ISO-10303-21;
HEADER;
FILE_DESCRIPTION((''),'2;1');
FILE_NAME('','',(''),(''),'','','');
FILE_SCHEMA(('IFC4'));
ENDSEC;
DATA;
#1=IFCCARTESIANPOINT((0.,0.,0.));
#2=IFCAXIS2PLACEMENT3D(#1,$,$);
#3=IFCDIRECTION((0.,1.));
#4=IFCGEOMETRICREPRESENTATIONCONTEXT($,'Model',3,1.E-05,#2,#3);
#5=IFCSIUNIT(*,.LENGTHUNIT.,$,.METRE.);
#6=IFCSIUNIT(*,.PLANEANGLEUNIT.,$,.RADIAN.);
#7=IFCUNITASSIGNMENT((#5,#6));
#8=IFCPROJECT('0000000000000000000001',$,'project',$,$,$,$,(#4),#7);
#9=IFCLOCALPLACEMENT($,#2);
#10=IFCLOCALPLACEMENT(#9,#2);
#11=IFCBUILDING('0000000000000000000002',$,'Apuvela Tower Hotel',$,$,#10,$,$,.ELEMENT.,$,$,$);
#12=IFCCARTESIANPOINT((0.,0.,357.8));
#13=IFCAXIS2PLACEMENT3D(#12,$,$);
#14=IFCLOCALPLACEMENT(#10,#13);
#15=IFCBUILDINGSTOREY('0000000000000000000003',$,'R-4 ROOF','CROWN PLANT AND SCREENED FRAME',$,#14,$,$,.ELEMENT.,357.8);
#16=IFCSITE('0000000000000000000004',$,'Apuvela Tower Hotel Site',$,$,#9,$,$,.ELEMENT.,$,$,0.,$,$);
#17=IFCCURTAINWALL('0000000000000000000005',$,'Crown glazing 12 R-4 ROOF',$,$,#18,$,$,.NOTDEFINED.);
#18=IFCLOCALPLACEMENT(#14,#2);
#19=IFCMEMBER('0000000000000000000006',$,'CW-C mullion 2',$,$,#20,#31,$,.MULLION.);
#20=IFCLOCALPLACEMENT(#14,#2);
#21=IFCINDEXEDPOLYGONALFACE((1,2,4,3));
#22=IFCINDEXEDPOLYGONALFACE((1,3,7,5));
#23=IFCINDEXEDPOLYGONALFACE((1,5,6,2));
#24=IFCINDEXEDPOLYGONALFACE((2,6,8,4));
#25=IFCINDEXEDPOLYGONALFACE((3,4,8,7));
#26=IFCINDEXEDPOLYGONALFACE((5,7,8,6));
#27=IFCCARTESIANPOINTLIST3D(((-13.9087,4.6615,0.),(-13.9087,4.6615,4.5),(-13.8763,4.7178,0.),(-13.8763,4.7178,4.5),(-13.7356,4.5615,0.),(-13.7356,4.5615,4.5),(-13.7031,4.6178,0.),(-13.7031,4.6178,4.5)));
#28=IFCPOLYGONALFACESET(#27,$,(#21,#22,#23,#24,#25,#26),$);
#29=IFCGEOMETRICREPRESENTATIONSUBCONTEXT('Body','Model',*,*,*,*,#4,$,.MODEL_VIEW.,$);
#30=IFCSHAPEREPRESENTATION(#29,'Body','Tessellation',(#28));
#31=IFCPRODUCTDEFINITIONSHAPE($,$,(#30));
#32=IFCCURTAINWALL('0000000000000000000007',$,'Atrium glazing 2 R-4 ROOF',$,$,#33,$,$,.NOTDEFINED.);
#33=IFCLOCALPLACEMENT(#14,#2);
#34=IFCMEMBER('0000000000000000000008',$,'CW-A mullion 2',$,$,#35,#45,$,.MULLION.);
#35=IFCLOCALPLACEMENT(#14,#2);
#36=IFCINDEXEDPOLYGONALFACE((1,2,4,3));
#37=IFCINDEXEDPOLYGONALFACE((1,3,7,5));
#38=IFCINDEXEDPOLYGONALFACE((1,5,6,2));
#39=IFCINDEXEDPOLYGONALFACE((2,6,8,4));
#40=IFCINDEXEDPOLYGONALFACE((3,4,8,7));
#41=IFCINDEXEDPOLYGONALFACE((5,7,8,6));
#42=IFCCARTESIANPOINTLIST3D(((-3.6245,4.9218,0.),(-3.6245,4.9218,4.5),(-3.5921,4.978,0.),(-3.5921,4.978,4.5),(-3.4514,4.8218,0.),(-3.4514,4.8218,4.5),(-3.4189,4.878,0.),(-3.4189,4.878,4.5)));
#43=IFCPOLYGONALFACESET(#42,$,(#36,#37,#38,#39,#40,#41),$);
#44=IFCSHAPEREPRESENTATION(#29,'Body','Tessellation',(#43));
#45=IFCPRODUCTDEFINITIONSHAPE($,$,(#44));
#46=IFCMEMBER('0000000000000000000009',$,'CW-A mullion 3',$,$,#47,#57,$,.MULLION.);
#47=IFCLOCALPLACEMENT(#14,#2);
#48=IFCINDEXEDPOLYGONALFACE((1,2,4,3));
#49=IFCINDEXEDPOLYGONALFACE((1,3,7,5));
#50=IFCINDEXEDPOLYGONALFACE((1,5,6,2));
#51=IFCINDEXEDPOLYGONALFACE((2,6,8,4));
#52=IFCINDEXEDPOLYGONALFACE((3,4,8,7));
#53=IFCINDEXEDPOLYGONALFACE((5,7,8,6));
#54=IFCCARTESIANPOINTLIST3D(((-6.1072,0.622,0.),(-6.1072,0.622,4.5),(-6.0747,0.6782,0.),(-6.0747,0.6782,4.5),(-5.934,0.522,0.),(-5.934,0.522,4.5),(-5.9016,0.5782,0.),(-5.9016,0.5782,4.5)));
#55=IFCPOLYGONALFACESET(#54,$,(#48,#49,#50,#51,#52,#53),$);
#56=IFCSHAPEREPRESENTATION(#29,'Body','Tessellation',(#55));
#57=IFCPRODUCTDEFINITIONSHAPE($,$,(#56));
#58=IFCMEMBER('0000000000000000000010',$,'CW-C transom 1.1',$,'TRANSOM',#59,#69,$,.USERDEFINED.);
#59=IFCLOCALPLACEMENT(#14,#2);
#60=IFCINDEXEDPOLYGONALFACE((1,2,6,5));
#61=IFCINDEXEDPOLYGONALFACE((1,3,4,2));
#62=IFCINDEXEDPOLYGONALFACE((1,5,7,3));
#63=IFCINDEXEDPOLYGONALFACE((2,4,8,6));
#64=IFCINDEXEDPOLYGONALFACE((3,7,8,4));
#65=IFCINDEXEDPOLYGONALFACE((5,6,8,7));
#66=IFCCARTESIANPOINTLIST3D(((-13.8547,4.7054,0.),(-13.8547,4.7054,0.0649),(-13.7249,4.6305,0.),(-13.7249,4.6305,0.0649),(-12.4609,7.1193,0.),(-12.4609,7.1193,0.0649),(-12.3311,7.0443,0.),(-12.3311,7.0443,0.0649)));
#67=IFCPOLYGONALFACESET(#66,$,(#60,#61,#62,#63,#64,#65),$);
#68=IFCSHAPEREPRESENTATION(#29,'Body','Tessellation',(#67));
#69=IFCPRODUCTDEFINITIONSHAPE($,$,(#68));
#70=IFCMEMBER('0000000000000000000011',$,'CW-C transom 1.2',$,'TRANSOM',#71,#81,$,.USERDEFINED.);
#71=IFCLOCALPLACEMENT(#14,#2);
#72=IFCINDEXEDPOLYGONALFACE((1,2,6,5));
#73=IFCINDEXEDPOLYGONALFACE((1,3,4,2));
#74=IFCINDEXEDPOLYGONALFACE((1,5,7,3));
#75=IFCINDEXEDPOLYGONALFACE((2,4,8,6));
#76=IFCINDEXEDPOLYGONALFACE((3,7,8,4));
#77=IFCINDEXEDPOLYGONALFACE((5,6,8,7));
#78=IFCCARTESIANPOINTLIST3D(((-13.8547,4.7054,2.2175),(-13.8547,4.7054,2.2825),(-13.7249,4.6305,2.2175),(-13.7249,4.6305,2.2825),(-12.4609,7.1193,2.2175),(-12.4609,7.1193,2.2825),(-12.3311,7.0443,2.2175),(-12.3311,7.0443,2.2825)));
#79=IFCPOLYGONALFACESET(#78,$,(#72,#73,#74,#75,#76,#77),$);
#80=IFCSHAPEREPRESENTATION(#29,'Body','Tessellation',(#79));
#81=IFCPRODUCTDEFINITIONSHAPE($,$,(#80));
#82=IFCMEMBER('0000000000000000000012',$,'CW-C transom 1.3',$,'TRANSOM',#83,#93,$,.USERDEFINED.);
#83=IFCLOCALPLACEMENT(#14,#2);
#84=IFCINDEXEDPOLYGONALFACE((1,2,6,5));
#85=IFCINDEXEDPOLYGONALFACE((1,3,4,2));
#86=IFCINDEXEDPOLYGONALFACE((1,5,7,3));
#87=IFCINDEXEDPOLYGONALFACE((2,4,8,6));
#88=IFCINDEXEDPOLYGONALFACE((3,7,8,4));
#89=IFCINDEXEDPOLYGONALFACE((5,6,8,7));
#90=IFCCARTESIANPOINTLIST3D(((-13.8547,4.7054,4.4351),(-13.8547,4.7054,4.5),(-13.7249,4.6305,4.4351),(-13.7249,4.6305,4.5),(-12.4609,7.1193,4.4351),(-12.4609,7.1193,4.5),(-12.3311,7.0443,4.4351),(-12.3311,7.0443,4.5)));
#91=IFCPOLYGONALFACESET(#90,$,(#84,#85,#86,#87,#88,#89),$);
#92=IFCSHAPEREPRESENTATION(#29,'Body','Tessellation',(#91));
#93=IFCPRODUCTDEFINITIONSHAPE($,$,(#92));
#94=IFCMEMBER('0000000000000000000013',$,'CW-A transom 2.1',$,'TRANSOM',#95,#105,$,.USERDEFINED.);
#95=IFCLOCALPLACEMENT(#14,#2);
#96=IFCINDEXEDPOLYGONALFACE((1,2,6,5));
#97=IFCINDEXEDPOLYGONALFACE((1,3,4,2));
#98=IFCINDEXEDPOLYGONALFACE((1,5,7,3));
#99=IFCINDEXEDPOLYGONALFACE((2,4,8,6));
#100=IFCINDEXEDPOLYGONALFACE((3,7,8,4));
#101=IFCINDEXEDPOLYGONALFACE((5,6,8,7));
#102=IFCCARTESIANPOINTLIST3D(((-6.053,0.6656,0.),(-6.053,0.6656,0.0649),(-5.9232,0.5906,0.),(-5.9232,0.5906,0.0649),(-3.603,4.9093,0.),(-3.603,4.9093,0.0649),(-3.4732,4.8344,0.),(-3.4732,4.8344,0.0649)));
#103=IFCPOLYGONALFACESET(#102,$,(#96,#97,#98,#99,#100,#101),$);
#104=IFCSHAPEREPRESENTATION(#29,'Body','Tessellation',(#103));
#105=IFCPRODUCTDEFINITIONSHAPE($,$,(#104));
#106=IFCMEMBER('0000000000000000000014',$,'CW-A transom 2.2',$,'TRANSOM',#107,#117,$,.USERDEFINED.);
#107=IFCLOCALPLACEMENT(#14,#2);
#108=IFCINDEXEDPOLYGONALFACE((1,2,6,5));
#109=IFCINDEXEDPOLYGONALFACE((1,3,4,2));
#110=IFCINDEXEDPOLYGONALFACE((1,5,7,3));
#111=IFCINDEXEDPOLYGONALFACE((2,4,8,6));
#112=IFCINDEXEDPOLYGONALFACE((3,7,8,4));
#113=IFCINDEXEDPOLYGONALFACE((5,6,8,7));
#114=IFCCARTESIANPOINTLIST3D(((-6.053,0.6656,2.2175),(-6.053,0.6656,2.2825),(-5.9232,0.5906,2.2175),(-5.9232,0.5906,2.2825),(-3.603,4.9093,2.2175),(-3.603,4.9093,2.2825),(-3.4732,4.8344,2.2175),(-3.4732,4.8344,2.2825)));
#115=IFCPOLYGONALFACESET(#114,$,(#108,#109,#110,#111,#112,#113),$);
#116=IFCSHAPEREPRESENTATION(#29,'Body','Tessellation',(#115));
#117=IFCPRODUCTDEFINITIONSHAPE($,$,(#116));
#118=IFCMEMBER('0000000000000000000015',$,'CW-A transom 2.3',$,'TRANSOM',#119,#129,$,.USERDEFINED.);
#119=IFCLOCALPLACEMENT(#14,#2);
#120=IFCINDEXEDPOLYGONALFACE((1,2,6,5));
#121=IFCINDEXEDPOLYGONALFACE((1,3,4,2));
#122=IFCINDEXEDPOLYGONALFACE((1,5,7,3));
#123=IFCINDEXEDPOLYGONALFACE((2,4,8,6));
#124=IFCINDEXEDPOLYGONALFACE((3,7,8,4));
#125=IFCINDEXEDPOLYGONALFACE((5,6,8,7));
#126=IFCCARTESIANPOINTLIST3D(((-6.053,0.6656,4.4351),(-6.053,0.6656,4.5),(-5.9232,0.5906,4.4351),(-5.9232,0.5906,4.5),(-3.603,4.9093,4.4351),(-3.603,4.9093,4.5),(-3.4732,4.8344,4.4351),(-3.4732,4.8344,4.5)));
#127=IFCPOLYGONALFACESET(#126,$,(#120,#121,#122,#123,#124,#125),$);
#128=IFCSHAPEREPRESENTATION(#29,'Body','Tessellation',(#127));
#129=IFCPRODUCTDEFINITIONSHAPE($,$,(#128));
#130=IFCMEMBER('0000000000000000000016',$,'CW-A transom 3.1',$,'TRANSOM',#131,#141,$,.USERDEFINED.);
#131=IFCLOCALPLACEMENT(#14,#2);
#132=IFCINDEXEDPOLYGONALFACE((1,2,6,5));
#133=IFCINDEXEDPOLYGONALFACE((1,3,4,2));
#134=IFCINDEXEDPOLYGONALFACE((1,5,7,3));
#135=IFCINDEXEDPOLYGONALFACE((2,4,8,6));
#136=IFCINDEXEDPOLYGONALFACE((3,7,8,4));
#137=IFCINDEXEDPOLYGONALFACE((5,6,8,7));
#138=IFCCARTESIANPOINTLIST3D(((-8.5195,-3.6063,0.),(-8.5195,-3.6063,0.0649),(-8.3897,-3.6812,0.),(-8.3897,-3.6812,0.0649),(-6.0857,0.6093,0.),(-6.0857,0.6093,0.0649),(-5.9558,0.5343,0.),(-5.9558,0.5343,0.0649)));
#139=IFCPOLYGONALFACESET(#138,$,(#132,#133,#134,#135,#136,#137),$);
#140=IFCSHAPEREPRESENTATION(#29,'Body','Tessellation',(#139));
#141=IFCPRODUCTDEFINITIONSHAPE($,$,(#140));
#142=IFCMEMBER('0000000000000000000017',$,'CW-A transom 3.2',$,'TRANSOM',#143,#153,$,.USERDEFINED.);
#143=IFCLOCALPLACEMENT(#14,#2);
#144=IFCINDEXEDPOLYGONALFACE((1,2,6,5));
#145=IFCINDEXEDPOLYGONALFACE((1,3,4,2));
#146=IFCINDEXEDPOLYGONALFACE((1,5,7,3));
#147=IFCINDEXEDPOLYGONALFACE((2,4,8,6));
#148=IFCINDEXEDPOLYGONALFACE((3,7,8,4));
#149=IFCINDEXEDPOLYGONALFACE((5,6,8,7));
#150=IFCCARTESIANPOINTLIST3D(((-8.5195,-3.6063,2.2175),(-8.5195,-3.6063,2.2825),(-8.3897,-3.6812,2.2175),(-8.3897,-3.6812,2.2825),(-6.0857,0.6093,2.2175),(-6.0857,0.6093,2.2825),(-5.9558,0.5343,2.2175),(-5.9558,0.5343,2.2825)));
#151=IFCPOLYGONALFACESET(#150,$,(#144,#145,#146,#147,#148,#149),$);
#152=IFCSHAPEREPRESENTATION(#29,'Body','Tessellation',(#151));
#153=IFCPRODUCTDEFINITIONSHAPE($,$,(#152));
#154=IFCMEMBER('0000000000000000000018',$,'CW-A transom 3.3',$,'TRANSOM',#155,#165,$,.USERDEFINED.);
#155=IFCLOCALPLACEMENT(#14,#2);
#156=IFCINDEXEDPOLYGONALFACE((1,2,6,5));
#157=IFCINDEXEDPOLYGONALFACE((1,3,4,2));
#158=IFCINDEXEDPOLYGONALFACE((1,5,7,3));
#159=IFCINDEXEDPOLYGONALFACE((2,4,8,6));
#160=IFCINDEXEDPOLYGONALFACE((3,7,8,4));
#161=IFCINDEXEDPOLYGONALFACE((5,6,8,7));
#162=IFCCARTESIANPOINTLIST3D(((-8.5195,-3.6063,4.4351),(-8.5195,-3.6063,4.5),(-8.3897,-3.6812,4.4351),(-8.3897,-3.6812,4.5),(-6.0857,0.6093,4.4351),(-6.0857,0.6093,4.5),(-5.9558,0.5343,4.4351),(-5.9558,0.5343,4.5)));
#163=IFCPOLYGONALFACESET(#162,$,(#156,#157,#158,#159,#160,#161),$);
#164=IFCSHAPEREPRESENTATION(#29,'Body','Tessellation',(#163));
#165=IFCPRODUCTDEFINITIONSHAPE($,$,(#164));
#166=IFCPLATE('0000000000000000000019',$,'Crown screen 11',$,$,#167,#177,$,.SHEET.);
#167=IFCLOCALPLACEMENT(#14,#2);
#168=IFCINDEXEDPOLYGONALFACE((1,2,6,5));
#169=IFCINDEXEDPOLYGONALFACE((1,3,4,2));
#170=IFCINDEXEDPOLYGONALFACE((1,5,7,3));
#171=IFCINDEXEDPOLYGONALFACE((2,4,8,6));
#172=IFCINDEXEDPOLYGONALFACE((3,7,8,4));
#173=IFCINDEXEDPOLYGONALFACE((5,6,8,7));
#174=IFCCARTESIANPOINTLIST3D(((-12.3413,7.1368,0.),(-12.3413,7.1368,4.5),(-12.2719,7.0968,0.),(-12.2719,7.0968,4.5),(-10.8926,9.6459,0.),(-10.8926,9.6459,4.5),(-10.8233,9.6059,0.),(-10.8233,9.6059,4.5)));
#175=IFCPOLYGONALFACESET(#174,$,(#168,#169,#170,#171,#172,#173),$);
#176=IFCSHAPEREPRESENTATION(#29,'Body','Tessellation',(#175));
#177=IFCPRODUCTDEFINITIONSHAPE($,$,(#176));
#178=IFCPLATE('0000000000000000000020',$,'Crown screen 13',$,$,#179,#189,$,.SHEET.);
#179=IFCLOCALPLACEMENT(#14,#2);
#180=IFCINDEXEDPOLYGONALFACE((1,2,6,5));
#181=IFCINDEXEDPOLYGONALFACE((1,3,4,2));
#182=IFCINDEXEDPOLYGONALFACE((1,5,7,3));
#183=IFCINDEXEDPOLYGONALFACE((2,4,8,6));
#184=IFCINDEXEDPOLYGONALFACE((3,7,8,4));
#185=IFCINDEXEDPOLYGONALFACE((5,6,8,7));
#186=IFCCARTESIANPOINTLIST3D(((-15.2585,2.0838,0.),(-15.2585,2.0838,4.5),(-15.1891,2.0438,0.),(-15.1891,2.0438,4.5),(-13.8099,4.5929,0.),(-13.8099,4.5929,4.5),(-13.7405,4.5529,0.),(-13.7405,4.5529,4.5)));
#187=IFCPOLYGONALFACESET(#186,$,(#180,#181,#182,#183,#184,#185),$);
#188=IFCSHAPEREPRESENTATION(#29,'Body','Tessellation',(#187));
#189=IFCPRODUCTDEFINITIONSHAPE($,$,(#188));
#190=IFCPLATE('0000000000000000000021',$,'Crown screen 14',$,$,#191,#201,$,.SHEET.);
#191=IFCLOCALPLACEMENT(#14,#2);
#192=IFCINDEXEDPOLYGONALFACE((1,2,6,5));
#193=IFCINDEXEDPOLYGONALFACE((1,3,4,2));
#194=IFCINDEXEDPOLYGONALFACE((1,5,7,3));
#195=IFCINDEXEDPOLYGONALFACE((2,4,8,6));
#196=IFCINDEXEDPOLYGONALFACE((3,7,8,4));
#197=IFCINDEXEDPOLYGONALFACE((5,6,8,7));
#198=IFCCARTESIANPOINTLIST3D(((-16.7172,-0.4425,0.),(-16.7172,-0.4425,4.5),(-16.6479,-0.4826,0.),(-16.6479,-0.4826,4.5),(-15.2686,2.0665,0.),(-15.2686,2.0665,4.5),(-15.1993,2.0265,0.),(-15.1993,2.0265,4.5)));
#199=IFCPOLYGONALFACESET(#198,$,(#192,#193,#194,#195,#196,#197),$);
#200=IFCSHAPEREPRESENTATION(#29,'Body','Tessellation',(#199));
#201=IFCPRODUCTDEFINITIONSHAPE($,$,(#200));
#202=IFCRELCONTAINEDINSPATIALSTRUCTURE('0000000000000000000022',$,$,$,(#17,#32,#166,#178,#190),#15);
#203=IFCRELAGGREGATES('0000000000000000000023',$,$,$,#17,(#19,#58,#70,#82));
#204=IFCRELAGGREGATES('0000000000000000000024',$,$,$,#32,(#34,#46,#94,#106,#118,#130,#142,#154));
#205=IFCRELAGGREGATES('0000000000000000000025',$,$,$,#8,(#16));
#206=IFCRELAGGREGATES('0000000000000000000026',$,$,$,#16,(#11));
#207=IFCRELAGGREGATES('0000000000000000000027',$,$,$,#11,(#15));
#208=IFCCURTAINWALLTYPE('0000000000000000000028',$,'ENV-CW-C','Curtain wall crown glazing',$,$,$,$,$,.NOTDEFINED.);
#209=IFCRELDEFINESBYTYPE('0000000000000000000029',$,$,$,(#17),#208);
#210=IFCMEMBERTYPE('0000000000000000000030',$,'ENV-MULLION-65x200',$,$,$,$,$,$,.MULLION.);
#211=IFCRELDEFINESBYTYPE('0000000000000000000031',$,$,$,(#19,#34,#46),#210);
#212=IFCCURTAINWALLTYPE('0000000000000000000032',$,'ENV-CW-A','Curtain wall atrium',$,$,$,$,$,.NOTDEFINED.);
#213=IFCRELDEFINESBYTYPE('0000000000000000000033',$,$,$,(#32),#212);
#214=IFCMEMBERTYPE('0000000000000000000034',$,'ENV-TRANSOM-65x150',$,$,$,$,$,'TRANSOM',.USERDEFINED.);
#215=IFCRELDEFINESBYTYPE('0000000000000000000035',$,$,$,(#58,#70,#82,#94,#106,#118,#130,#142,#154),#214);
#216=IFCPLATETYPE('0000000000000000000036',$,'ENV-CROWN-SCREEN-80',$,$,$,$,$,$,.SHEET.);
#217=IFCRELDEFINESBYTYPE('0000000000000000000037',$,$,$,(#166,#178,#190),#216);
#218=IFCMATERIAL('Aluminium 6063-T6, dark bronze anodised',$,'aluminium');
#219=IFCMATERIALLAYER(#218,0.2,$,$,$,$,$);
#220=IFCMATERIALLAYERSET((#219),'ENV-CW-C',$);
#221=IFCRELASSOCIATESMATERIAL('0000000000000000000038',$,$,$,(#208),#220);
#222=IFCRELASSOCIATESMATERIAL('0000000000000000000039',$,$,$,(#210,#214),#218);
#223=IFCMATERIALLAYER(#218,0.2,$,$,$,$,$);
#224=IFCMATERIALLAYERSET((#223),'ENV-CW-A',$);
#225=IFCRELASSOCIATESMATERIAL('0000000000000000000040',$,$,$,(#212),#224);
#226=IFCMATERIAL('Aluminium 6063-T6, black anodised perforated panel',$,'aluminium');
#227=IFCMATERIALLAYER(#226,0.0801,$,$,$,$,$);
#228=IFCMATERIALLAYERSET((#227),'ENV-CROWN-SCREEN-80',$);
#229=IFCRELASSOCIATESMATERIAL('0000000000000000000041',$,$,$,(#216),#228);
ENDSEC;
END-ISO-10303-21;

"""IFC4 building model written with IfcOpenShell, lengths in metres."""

from ifc_helpers import new_model, si_unit, direction, frame, origin, origin_2d, place, context, subcontext, project, spatial, rectangle, extrude, material, layer, layer_set, material_profile, profile_set, type_object, element, aggregate, save


model = new_model("IFC4")

# Units and contexts
model_context = context("Model", 3, precision=1e-05, world=origin(), true_north=direction((0.0, 1.0)))
body_context = subcontext(model_context, "Body", "Model", "MODEL_VIEW")
ifc_project = project(units=[si_unit("LENGTHUNIT", "METRE"), si_unit("PLANEANGLEUNIT", "RADIAN")], contexts=[model_context])

# Site, building, storey
site_placement = place(None, origin())
site = spatial("IfcSite", under=ifc_project, at=site_placement, Name="Apuvela Tower Hotel Site", CompositionType="ELEMENT", RefElevation=0.0)
building_placement = place(site_placement, origin())
building = spatial("IfcBuilding", under=site, at=building_placement, Name="Apuvela Tower Hotel", CompositionType="ELEMENT")
storey_placement = place(building_placement, frame((0.0, 0.0, 357.8)))
storey = spatial("IfcBuildingStorey", under=building, at=storey_placement, Name="R-4 ROOF", Description="CROWN PLANT AND SCREENED FRAME", CompositionType="ELEMENT", Elevation=357.8)

# Curtain walls, members
ifc_material_1 = material(Name="Aluminium 6063-T6, dark bronze anodised", Category="aluminium")
ifc_layer_1 = layer(ifc_material_1, 0.2)
ifc_layer_set_1 = layer_set([ifc_layer_1], Name="ENV-CW-C")
curtain_wall_type_1 = type_object("IfcCurtainWallType", Name="ENV-CW-C", Description="Curtain wall crown glazing", PredefinedType="NOTDEFINED", material=ifc_layer_set_1)
curtain_wall_1_placement = place(storey_placement, origin())
curtain_wall_1 = element("IfcCurtainWall", 1, at=curtain_wall_1_placement, inside=storey, type_object=curtain_wall_type_1, Name="Crown glazing 12 R-4 ROOF", PredefinedType="NOTDEFINED")
ifc_material_profile_1 = material_profile(ifc_material_1, rectangle(XDim=0.2, YDim=0.0649, at=origin_2d()), Name="AL 65x200")
ifc_profile_set_1 = profile_set([ifc_material_profile_1], Name="Aluminium 6063-T6, dark bronze anodised")
member_type_1 = type_object("IfcMemberType", Name="ENV-MULLION-65x200", PredefinedType="MULLION", material=ifc_profile_set_1)
member_1_placement = place(storey_placement, frame((-13.8059, 4.6396, 0.0), z_axis=(0.0, 0.0, 1.0), x_axis=(0.866037, -0.499981, 0.0)))
member_1 = element("IfcMember", 2, at=member_1_placement, type_object=member_type_1, Name="CW-C mullion 2", PredefinedType="MULLION", context=body_context, shape_type="SweptSolid", body=[
    extrude(rectangle(XDim=0.2, YDim=0.0649, at=origin_2d()), origin(), (0.0, 0.0, 1.0), 4.5),
])
ifc_layer_2 = layer(ifc_material_1, 0.2)
ifc_layer_set_2 = layer_set([ifc_layer_2], Name="ENV-CW-A")
curtain_wall_type_2 = type_object("IfcCurtainWallType", Name="ENV-CW-A", Description="Curtain wall atrium", PredefinedType="NOTDEFINED", material=ifc_layer_set_2)
curtain_wall_2_placement = place(storey_placement, origin())
curtain_wall_2 = element("IfcCurtainWall", 3, at=curtain_wall_2_placement, inside=storey, type_object=curtain_wall_type_2, Name="Atrium glazing 2 R-4 ROOF", PredefinedType="NOTDEFINED")
member_2_placement = place(storey_placement, frame((-3.5217, 4.8999, 0.0), z_axis=(0.0, 0.0, 1.0), x_axis=(0.866026, -0.499999, 0.0)))
member_2 = element("IfcMember", 4, at=member_2_placement, type_object=member_type_1, Name="CW-A mullion 2", PredefinedType="MULLION", context=body_context, shape_type="SweptSolid", body=[
    extrude(rectangle(XDim=0.2, YDim=0.0649, at=origin_2d()), origin(), (0.0, 0.0, 1.0), 4.5),
])
member_3_placement = place(storey_placement, frame((-6.0044, 0.6001, 0.0), z_axis=(0.0, 0.0, 1.0), x_axis=(0.866026, -0.499999, 0.0)))
member_3 = element("IfcMember", 5, at=member_3_placement, type_object=member_type_1, Name="CW-A mullion 3", PredefinedType="MULLION", context=body_context, shape_type="SweptSolid", body=[
    extrude(rectangle(XDim=0.2, YDim=0.0649, at=origin_2d()), origin(), (0.0, 0.0, 1.0), 4.5),
])

# Members
ifc_material_profile_2 = material_profile(ifc_material_1, rectangle(XDim=0.1499, YDim=0.0649, at=origin_2d()), Name="AL 65x150 transom")
ifc_profile_set_2 = profile_set([ifc_material_profile_2], Name="Aluminium 6063-T6, dark bronze anodised")
member_type_2 = type_object("IfcMemberType", Name="ENV-TRANSOM-65x150", ElementType="TRANSOM", PredefinedType="USERDEFINED", material=ifc_profile_set_2)
member_4_placement = place(storey_placement, frame((-12.396, 7.0818, 0.0325), z_axis=(-0.500048, -0.865997, 0.0), x_axis=(0.865997, -0.500048, 0.0)))
member_4 = element("IfcMember", 6, at=member_4_placement, type_object=member_type_2, Name="CW-C transom 1.1", ObjectType="TRANSOM", PredefinedType="USERDEFINED", context=body_context, shape_type="SweptSolid", body=[
    extrude(rectangle(XDim=0.1499, YDim=0.0649, at=origin_2d()), origin(), (0.0, 0.0, 1.0), 2.7874),
])
member_5_placement = place(storey_placement, frame((-12.396, 7.0818, 2.25), z_axis=(-0.500048, -0.865997, 0.0), x_axis=(0.865997, -0.500048, 0.0)))
member_5 = element("IfcMember", 7, at=member_5_placement, type_object=member_type_2, Name="CW-C transom 1.2", ObjectType="TRANSOM", PredefinedType="USERDEFINED", context=body_context, shape_type="SweptSolid", body=[
    extrude(rectangle(XDim=0.1499, YDim=0.0649, at=origin_2d()), origin(), (0.0, 0.0, 1.0), 2.7874),
])
member_6_placement = place(storey_placement, frame((-12.396, 7.0818, 4.4675), z_axis=(-0.500048, -0.865997, 0.0), x_axis=(0.865997, -0.500048, 0.0)))
member_6 = element("IfcMember", 8, at=member_6_placement, type_object=member_type_2, Name="CW-C transom 1.3", ObjectType="TRANSOM", PredefinedType="USERDEFINED", context=body_context, shape_type="SweptSolid", body=[
    extrude(rectangle(XDim=0.1499, YDim=0.0649, at=origin_2d()), origin(), (0.0, 0.0, 1.0), 2.7874),
])
member_7_placement = place(storey_placement, frame((-3.5381, 4.8718, 0.0325), z_axis=(-0.499981, -0.866036, 0.0), x_axis=(0.866036, -0.499981, 0.0)))
member_7 = element("IfcMember", 9, at=member_7_placement, type_object=member_type_2, Name="CW-A transom 2.1", ObjectType="TRANSOM", PredefinedType="USERDEFINED", context=body_context, shape_type="SweptSolid", body=[
    extrude(rectangle(XDim=0.1499, YDim=0.0649, at=origin_2d()), origin(), (0.0, 0.0, 1.0), 4.9001),
])
member_8_placement = place(storey_placement, frame((-3.5381, 4.8718, 2.25), z_axis=(-0.499981, -0.866036, 0.0), x_axis=(0.866036, -0.499981, 0.0)))
member_8 = element("IfcMember", 10, at=member_8_placement, type_object=member_type_2, Name="CW-A transom 2.2", ObjectType="TRANSOM", PredefinedType="USERDEFINED", context=body_context, shape_type="SweptSolid", body=[
    extrude(rectangle(XDim=0.1499, YDim=0.0649, at=origin_2d()), origin(), (0.0, 0.0, 1.0), 4.9001),
])
member_9_placement = place(storey_placement, frame((-3.5381, 4.8718, 4.4675), z_axis=(-0.499981, -0.866036, 0.0), x_axis=(0.866036, -0.499981, 0.0)))
member_9 = element("IfcMember", 11, at=member_9_placement, type_object=member_type_2, Name="CW-A transom 2.3", ObjectType="TRANSOM", PredefinedType="USERDEFINED", context=body_context, shape_type="SweptSolid", body=[
    extrude(rectangle(XDim=0.1499, YDim=0.0649, at=origin_2d()), origin(), (0.0, 0.0, 1.0), 4.9001),
])
member_10_placement = place(storey_placement, frame((-6.0208, 0.5718, 0.0325), z_axis=(-0.499996, -0.866028, 0.0), x_axis=(0.866028, -0.499996, 0.0)))
member_10 = element("IfcMember", 12, at=member_10_placement, type_object=member_type_2, Name="CW-A transom 3.1", ObjectType="TRANSOM", PredefinedType="USERDEFINED", context=body_context, shape_type="SweptSolid", body=[
    extrude(rectangle(XDim=0.1499, YDim=0.0649, at=origin_2d()), origin(), (0.0, 0.0, 1.0), 4.8677),
])
member_11_placement = place(storey_placement, frame((-6.0208, 0.5718, 2.25), z_axis=(-0.499996, -0.866028, 0.0), x_axis=(0.866028, -0.499996, 0.0)))
member_11 = element("IfcMember", 13, at=member_11_placement, type_object=member_type_2, Name="CW-A transom 3.2", ObjectType="TRANSOM", PredefinedType="USERDEFINED", context=body_context, shape_type="SweptSolid", body=[
    extrude(rectangle(XDim=0.1499, YDim=0.0649, at=origin_2d()), origin(), (0.0, 0.0, 1.0), 4.8677),
])
member_12_placement = place(storey_placement, frame((-6.0208, 0.5718, 4.4675), z_axis=(-0.499996, -0.866028, 0.0), x_axis=(0.866028, -0.499996, 0.0)))
member_12 = element("IfcMember", 14, at=member_12_placement, type_object=member_type_2, Name="CW-A transom 3.3", ObjectType="TRANSOM", PredefinedType="USERDEFINED", context=body_context, shape_type="SweptSolid", body=[
    extrude(rectangle(XDim=0.1499, YDim=0.0649, at=origin_2d()), origin(), (0.0, 0.0, 1.0), 4.8677),
])

# Plates
ifc_material_2 = material(Name="Aluminium 6063-T6, black anodised perforated panel", Category="aluminium")
ifc_layer_3 = layer(ifc_material_2, 0.0801)
ifc_layer_set_3 = layer_set([ifc_layer_3], Name="ENV-CROWN-SCREEN-80")
plate_type_1 = type_object("IfcPlateType", Name="ENV-CROWN-SCREEN-80", PredefinedType="SHEET", material=ifc_layer_set_3)
for number, where, z_axis, x_axis, name in (
    (15, (-11.5823, 8.3713, 0.0), (0.0, 0.0, 1.0), (-0.5, -0.866025, 0.0), "Crown screen 11"),
    (16, (-14.4995, 3.3184, 0.0), (0.0, 0.0, 1.0), (-0.5, -0.866025, 0.0), "Crown screen 13"),
    (17, (-15.9583, 0.792, 0.0), (0.0, 0.0, 1.0), (-0.5, -0.866025, 0.0), "Crown screen 14"),
):
    element("IfcPlate", number, at=place(storey_placement, frame(where, z_axis=z_axis, x_axis=x_axis)), inside=storey, type_object=plate_type_1, Name=name, PredefinedType="SHEET", context=body_context, shape_type="SweptSolid", body=[
        extrude(rectangle(XDim=2.8972, YDim=0.0801, at=origin_2d()), origin(), (0.0, 0.0, 1.0), 4.5),
    ])

aggregate(curtain_wall_1, [member_1, member_4, member_5, member_6])
aggregate(curtain_wall_2, [member_2, member_3, member_7, member_8, member_9, member_10, member_11, member_12])

save(model, "model.ifc")
